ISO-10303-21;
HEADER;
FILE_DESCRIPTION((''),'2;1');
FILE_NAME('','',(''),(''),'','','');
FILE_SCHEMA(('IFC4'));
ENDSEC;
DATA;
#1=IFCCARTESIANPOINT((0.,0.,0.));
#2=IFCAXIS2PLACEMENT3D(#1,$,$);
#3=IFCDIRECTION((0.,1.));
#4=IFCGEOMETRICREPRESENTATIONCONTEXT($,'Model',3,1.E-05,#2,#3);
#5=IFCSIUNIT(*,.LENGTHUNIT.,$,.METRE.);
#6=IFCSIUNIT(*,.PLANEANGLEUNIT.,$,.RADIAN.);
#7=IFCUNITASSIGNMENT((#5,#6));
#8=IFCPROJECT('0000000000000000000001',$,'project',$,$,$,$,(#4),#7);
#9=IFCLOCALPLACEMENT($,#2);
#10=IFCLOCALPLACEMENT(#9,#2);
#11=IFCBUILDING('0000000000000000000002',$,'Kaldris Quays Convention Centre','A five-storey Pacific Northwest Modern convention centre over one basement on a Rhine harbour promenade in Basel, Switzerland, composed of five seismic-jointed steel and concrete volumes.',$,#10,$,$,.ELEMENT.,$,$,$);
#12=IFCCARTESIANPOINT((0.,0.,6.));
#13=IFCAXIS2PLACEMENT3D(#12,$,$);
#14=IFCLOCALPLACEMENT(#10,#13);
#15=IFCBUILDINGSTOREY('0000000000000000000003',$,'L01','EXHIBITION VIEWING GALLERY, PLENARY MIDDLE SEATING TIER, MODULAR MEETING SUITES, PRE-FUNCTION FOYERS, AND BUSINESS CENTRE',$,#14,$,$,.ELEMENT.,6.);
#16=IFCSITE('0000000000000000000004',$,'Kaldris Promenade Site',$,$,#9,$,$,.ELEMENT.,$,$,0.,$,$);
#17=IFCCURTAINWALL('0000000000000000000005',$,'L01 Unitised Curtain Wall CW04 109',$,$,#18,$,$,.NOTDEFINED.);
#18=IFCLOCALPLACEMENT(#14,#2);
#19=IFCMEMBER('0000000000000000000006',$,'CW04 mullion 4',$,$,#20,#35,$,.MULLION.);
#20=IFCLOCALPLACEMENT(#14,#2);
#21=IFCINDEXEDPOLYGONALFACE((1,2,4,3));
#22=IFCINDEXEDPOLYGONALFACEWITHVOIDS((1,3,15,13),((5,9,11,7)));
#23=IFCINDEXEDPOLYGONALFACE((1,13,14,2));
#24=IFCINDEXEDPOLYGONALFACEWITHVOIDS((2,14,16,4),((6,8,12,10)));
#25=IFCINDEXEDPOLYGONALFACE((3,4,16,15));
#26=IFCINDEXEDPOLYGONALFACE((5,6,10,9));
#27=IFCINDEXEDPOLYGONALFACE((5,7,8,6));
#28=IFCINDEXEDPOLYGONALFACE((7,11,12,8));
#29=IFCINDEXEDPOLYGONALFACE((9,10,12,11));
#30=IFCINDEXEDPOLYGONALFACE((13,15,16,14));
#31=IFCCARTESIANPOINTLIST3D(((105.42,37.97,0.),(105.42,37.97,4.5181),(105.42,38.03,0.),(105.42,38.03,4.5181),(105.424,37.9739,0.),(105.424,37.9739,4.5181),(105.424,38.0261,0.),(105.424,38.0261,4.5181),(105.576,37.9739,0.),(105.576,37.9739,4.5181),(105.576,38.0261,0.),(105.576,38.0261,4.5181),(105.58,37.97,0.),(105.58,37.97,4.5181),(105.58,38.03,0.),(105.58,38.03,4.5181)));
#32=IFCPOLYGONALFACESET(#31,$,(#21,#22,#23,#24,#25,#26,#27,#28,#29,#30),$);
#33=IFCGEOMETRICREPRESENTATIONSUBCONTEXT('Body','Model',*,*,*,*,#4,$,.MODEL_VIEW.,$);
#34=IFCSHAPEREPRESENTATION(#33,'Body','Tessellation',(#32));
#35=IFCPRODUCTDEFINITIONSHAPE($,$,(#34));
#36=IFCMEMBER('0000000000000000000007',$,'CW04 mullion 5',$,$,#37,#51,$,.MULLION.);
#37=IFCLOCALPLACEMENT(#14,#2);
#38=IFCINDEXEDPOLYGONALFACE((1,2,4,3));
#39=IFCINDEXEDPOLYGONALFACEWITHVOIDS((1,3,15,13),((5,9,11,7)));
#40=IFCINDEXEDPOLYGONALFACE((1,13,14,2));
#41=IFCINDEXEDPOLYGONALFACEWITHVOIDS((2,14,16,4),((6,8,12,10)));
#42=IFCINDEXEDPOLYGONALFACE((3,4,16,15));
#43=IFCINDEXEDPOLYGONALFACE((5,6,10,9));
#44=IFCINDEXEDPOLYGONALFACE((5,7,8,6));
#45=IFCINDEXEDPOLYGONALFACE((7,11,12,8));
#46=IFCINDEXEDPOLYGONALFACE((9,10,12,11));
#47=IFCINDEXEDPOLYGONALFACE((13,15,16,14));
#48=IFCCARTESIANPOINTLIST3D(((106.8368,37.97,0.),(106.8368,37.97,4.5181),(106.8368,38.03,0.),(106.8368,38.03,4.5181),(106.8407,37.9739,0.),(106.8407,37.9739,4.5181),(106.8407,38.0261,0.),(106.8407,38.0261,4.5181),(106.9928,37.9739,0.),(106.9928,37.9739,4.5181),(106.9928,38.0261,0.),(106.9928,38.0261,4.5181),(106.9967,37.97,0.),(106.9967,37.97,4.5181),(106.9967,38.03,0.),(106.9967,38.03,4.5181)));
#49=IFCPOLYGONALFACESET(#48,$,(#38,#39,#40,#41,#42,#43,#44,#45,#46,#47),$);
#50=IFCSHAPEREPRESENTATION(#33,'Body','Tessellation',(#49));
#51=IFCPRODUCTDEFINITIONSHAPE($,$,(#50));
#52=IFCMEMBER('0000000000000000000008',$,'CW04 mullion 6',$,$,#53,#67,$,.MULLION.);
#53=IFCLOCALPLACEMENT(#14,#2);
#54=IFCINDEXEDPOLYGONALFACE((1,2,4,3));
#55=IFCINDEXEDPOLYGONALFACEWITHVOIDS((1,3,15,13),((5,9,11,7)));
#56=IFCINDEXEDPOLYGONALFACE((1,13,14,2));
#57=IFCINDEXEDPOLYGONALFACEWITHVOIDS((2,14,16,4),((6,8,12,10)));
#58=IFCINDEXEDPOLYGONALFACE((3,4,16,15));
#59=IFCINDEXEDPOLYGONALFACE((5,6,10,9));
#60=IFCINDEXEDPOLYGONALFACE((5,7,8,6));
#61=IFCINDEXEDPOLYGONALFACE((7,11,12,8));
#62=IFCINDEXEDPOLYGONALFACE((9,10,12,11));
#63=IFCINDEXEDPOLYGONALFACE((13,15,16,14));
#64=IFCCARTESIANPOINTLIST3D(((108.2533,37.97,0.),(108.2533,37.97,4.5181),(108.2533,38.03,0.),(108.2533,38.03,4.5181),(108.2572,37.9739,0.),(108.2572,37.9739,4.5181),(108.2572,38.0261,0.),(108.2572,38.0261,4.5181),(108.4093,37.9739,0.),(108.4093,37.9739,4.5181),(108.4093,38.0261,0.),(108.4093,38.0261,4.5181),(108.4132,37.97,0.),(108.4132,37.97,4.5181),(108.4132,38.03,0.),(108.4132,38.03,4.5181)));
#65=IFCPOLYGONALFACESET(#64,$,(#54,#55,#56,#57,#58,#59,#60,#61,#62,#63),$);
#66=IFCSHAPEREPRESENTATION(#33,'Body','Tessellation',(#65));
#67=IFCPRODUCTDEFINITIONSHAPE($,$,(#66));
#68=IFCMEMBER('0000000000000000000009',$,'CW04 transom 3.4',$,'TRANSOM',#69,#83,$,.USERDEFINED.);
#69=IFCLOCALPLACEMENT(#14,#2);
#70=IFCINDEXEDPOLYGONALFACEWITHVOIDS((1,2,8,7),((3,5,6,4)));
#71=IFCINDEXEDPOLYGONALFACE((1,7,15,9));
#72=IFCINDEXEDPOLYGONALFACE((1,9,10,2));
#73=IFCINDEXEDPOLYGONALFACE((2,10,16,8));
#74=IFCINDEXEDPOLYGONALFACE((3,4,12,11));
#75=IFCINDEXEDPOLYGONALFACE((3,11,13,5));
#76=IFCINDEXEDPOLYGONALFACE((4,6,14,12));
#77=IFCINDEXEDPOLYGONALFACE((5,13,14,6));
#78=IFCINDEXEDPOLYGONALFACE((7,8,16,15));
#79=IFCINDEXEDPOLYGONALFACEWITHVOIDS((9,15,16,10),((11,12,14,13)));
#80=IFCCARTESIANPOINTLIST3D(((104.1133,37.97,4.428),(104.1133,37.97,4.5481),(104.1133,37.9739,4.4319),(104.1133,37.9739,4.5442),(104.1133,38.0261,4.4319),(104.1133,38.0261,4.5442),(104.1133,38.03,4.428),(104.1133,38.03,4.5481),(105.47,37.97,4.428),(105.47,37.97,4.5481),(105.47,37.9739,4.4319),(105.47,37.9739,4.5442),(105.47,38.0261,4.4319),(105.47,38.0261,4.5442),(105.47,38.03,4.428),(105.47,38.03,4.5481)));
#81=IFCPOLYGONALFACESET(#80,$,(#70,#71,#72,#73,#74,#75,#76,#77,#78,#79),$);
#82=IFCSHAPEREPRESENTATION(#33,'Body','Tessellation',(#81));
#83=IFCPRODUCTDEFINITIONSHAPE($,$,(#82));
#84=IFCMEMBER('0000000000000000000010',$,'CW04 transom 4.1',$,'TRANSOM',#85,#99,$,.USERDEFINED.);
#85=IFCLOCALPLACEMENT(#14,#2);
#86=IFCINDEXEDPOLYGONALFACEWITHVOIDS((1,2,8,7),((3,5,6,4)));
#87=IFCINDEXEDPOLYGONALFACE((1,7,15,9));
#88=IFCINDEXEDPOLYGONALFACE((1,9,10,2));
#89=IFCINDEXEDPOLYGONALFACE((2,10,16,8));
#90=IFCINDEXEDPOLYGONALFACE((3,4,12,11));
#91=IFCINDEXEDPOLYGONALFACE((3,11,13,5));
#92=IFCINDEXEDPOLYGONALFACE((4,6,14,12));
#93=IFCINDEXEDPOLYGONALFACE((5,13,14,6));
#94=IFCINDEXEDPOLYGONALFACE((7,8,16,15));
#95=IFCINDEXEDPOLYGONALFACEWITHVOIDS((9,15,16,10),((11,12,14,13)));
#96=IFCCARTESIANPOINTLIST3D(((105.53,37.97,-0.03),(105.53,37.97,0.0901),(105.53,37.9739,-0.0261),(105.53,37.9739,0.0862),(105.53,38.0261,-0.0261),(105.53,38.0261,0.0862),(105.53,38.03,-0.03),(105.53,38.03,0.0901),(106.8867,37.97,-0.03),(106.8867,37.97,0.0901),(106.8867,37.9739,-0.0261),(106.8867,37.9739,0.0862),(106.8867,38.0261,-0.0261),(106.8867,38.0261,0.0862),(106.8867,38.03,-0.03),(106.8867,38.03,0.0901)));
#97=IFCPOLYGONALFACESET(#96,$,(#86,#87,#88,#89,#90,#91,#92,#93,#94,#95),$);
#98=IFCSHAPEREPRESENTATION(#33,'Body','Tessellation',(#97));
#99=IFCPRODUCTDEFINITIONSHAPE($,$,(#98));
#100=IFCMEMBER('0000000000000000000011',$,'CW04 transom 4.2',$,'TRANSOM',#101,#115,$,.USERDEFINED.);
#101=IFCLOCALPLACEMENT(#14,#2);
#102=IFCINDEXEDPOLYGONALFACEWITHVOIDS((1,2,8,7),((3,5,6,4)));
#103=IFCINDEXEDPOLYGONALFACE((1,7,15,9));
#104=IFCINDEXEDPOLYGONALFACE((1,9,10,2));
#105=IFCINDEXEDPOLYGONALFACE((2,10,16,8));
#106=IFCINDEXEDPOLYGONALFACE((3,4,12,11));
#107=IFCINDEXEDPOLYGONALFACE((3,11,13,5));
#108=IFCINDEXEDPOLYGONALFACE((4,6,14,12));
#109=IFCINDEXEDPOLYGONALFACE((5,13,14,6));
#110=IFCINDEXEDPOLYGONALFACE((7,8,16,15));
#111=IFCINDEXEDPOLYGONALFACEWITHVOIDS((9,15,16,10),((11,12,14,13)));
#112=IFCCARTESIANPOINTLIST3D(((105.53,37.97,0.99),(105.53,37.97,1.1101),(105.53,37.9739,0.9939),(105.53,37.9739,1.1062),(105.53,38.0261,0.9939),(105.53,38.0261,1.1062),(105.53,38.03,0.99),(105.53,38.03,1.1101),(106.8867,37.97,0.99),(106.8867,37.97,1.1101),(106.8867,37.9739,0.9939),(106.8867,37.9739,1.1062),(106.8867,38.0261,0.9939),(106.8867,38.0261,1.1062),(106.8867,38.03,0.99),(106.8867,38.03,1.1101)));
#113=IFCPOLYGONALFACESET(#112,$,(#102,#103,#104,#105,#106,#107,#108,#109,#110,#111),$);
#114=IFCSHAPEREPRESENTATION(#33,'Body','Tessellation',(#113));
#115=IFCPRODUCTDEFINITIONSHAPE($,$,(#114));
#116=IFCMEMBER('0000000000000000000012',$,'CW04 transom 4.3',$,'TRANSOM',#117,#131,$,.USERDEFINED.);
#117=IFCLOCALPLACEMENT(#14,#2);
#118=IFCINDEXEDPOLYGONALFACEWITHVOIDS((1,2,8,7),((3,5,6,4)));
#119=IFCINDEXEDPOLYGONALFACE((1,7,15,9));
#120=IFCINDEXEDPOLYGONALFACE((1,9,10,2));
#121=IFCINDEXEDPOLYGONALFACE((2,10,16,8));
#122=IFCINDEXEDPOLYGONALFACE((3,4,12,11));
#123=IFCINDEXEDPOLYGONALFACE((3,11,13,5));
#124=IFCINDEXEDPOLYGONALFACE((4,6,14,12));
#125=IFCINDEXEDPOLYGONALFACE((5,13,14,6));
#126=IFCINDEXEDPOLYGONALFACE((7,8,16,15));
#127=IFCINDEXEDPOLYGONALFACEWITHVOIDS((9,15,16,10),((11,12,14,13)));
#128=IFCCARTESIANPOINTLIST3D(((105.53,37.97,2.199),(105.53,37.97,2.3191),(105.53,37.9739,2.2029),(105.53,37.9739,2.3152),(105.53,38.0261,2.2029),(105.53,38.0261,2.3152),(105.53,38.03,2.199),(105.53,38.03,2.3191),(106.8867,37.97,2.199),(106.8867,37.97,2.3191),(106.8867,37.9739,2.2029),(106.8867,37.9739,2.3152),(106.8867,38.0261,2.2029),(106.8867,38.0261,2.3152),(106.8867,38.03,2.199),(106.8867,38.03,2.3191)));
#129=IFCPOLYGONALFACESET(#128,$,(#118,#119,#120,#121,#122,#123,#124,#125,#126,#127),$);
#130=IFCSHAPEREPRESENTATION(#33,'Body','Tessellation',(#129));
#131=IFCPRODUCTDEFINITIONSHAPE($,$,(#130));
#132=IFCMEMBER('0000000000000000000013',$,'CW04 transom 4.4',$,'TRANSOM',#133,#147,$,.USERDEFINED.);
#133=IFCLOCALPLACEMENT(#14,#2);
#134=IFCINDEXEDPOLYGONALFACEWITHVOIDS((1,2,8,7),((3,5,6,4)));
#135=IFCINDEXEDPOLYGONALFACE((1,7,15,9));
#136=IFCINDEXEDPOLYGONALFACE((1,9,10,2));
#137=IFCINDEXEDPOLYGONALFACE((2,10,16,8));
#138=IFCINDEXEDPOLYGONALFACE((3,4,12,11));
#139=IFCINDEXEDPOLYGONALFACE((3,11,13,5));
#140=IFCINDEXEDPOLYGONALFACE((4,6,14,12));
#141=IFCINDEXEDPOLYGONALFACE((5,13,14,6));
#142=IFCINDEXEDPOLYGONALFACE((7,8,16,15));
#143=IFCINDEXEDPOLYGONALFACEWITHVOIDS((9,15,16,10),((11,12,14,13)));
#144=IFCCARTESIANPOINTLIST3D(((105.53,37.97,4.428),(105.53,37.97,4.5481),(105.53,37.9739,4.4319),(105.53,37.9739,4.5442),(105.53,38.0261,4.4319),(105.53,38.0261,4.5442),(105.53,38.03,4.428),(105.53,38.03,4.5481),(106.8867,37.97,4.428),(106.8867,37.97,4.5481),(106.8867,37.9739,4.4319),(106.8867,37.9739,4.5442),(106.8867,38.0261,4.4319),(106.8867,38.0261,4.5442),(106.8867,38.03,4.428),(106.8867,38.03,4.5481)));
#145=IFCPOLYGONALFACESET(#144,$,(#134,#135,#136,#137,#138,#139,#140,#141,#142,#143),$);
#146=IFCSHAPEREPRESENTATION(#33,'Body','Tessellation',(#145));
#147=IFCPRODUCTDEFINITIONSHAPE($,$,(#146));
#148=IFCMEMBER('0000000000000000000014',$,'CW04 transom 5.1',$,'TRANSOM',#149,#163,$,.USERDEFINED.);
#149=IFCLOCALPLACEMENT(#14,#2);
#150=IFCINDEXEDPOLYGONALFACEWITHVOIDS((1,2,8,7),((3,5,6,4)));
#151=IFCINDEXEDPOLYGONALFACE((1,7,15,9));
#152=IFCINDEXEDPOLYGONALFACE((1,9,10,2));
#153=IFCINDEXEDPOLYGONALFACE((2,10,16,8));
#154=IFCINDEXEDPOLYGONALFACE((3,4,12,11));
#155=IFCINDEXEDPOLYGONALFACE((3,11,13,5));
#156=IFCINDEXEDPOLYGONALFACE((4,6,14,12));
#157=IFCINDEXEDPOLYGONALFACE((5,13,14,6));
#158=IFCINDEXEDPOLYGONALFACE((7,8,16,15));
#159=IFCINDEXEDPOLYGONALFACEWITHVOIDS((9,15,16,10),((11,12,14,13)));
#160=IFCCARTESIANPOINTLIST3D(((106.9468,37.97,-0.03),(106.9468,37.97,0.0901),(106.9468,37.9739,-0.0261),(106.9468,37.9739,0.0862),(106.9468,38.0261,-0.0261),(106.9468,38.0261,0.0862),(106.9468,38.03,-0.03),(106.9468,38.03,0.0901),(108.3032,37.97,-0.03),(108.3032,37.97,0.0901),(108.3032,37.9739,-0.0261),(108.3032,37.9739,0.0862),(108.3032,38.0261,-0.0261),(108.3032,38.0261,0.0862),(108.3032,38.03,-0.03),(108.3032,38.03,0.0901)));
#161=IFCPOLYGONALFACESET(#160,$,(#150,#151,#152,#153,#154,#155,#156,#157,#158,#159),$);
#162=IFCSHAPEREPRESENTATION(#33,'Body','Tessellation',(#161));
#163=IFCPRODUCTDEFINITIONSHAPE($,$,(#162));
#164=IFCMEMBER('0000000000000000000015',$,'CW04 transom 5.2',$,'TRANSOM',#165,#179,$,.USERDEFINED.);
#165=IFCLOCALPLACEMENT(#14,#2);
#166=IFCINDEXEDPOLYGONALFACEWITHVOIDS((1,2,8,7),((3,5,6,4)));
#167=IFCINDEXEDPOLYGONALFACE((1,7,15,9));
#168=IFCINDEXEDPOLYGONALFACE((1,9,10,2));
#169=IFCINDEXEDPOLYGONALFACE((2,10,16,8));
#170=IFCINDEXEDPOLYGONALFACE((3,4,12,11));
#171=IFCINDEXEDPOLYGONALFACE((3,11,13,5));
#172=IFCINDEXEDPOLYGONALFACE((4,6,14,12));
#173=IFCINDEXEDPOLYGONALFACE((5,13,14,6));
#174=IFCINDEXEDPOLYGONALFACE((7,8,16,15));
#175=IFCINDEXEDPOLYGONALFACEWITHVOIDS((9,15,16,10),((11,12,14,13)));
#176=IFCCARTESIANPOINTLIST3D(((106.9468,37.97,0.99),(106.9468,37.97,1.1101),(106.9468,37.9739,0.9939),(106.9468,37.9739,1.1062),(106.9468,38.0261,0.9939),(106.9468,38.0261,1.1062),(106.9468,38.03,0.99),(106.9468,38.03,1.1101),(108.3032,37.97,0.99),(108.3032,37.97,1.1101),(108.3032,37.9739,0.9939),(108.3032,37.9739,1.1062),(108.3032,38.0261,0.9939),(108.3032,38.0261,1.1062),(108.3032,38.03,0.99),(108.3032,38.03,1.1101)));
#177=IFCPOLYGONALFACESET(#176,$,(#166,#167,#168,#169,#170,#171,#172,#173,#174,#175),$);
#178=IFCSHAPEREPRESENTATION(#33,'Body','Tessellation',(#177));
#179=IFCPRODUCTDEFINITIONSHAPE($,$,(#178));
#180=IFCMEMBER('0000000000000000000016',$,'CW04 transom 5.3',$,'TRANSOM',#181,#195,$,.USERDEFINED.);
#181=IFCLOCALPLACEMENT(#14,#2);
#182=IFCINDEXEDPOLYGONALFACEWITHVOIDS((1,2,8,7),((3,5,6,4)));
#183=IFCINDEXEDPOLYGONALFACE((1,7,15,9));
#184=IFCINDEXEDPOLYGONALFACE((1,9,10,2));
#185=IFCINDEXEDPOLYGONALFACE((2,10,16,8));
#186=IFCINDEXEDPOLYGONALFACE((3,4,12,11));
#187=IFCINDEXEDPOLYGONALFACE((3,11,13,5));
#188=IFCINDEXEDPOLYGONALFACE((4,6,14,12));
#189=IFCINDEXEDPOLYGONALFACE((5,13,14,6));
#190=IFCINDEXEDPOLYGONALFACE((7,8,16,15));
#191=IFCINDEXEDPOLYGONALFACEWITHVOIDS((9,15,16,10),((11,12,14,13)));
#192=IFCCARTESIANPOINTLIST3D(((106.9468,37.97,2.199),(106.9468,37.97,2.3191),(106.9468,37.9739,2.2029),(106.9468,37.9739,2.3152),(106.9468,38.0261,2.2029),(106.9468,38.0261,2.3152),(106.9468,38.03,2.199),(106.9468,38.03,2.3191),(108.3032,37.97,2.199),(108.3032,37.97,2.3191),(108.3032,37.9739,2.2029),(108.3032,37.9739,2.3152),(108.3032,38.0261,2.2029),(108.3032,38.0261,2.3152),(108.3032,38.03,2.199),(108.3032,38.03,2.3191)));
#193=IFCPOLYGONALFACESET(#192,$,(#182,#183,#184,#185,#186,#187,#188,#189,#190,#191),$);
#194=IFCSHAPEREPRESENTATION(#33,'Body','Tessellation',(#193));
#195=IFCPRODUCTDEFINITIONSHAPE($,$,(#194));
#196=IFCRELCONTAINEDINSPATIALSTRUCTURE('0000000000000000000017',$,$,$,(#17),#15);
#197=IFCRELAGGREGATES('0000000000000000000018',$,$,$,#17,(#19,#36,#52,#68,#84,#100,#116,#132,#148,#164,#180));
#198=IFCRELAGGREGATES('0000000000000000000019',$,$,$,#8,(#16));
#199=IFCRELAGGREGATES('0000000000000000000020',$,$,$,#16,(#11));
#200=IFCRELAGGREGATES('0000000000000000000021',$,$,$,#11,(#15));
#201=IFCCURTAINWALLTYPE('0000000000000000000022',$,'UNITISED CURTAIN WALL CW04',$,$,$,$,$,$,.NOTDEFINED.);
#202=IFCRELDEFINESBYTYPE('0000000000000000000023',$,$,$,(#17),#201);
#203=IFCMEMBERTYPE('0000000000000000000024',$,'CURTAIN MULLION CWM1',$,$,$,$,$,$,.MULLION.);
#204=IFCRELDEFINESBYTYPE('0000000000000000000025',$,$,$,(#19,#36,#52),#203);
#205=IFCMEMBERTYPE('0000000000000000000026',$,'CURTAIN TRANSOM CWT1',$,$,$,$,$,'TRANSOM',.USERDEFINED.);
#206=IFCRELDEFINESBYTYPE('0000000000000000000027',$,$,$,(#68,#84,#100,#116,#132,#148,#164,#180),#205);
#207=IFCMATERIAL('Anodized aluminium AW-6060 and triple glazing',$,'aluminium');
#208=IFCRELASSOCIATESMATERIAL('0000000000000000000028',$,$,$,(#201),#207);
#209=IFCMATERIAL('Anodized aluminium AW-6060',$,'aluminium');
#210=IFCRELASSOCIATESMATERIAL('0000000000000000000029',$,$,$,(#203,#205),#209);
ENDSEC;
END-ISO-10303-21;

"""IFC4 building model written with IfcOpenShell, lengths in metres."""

from ifc_helpers import new_model, si_unit, direction, frame, origin, origin_2d, place, context, subcontext, project, spatial, hollow_rectangle, extrude, material, material_profile, profile_set, type_object, element, aggregate, save


model = new_model("IFC4")

# Units and contexts
model_context = context("Model", 3, precision=1e-05, world=origin(), true_north=direction((0.0, 1.0)))
body_context = subcontext(model_context, "Body", "Model", "MODEL_VIEW")
ifc_project = project(units=[si_unit("LENGTHUNIT", "METRE"), si_unit("PLANEANGLEUNIT", "RADIAN")], contexts=[model_context])

# Site, building, storey
site_placement = place(None, origin())
site = spatial("IfcSite", under=ifc_project, at=site_placement, Name="Kaldris Promenade Site", CompositionType="ELEMENT", RefElevation=0.0)
building_placement = place(site_placement, origin())
building = spatial("IfcBuilding", under=site, at=building_placement, Name="Kaldris Quays Convention Centre", Description="A five-storey Pacific Northwest Modern convention centre over one basement on a Rhine harbour promenade in Basel, Switzerland, composed of five seismic-jointed steel and concrete volumes.", CompositionType="ELEMENT")
storey_placement = place(building_placement, frame((0.0, 0.0, 6.0)))
storey = spatial("IfcBuildingStorey", under=building, at=storey_placement, Name="L01", Description="EXHIBITION VIEWING GALLERY, PLENARY MIDDLE SEATING TIER, MODULAR MEETING SUITES, PRE-FUNCTION FOYERS, AND BUSINESS CENTRE", CompositionType="ELEMENT", Elevation=6.0)

# Curtain wall, members
ifc_material_1 = material(Name="Anodized aluminium AW-6060 and triple glazing", Category="aluminium")
curtain_wall_type = type_object("IfcCurtainWallType", Name="UNITISED CURTAIN WALL CW04", PredefinedType="NOTDEFINED", material=ifc_material_1)
curtain_wall_placement = place(storey_placement, origin())
curtain_wall = element("IfcCurtainWall", 1, at=curtain_wall_placement, inside=storey, type_object=curtain_wall_type, Name="L01 Unitised Curtain Wall CW04 109", PredefinedType="NOTDEFINED")
ifc_material_2 = material(Name="Anodized aluminium AW-6060", Category="aluminium")
ifc_material_profile_1 = material_profile(ifc_material_2, hollow_rectangle(XDim=0.0601, YDim=0.1599, WallThickness=0.0039, at=origin_2d()), Name="RHS 160x60x4")
ifc_profile_set_1 = profile_set([ifc_material_profile_1], Name="Anodized aluminium AW-6060")
member_type_1 = type_object("IfcMemberType", Name="CURTAIN MULLION CWM1", PredefinedType="MULLION", material=ifc_profile_set_1)
member_1_placement = place(storey_placement, frame((105.5, 38.0, 0.0), z_axis=(0.0, 0.0, 1.0), x_axis=(0.0, 1.0, 0.0)))
member_1 = element("IfcMember", 2, at=member_1_placement, type_object=member_type_1, Name="CW04 mullion 4", PredefinedType="MULLION", context=body_context, shape_type="SweptSolid", body=[
    extrude(hollow_rectangle(XDim=0.0601, YDim=0.1599, WallThickness=0.0039, at=origin_2d()), origin(), (0.0, 0.0, 1.0), 4.5181),
])
member_2_placement = place(storey_placement, frame((106.9167, 38.0, 0.0), z_axis=(0.0, 0.0, 1.0), x_axis=(0.0, 1.0, 0.0)))
member_2 = element("IfcMember", 3, at=member_2_placement, type_object=member_type_1, Name="CW04 mullion 5", PredefinedType="MULLION", context=body_context, shape_type="SweptSolid", body=[
    extrude(hollow_rectangle(XDim=0.0601, YDim=0.1599, WallThickness=0.0039, at=origin_2d()), origin(), (0.0, 0.0, 1.0), 4.5181),
])
member_3_placement = place(storey_placement, frame((108.3333, 38.0, 0.0), z_axis=(0.0, 0.0, 1.0), x_axis=(0.0, 1.0, 0.0)))
member_3 = element("IfcMember", 4, at=member_3_placement, type_object=member_type_1, Name="CW04 mullion 6", PredefinedType="MULLION", context=body_context, shape_type="SweptSolid", body=[
    extrude(hollow_rectangle(XDim=0.0601, YDim=0.1599, WallThickness=0.0039, at=origin_2d()), origin(), (0.0, 0.0, 1.0), 4.5181),
])
ifc_material_profile_2 = material_profile(ifc_material_2, hollow_rectangle(XDim=0.0601, YDim=0.1201, WallThickness=0.0039, at=origin_2d()), Name="RHS 120x60x4")
ifc_profile_set_2 = profile_set([ifc_material_profile_2], Name="Anodized aluminium AW-6060")
member_type_2 = type_object("IfcMemberType", Name="CURTAIN TRANSOM CWT1", ElementType="TRANSOM", PredefinedType="USERDEFINED", material=ifc_profile_set_2)
member_4_placement = place(storey_placement, frame((104.1133, 38.0, 4.488), z_axis=(1.0, 0.0, 0.0), x_axis=(0.0, 1.0, 0.0)))
member_4 = element("IfcMember", 5, at=member_4_placement, type_object=member_type_2, Name="CW04 transom 3.4", ObjectType="TRANSOM", PredefinedType="USERDEFINED", context=body_context, shape_type="SweptSolid", body=[
    extrude(hollow_rectangle(XDim=0.0601, YDim=0.1201, WallThickness=0.0039, at=origin_2d()), origin(), (0.0, 0.0, 1.0), 1.3567),
])
member_5_placement = place(storey_placement, frame((105.53, 38.0, 0.03), z_axis=(1.0, 0.0, 0.0), x_axis=(0.0, 1.0, 0.0)))
member_5 = element("IfcMember", 6, at=member_5_placement, type_object=member_type_2, Name="CW04 transom 4.1", ObjectType="TRANSOM", PredefinedType="USERDEFINED", context=body_context, shape_type="SweptSolid", body=[
    extrude(hollow_rectangle(XDim=0.0601, YDim=0.1201, WallThickness=0.0039, at=origin_2d()), origin(), (0.0, 0.0, 1.0), 1.3567),
])
member_6_placement = place(storey_placement, frame((105.53, 38.0, 1.05), z_axis=(1.0, 0.0, 0.0), x_axis=(0.0, 1.0, 0.0)))
member_6 = element("IfcMember", 7, at=member_6_placement, type_object=member_type_2, Name="CW04 transom 4.2", ObjectType="TRANSOM", PredefinedType="USERDEFINED", context=body_context, shape_type="SweptSolid", body=[
    extrude(hollow_rectangle(XDim=0.0601, YDim=0.1201, WallThickness=0.0039, at=origin_2d()), origin(), (0.0, 0.0, 1.0), 1.3567),
])
member_7_placement = place(storey_placement, frame((105.53, 38.0, 2.259), z_axis=(1.0, 0.0, 0.0), x_axis=(0.0, 1.0, 0.0)))
member_7 = element("IfcMember", 8, at=member_7_placement, type_object=member_type_2, Name="CW04 transom 4.3", ObjectType="TRANSOM", PredefinedType="USERDEFINED", context=body_context, shape_type="SweptSolid", body=[
    extrude(hollow_rectangle(XDim=0.0601, YDim=0.1201, WallThickness=0.0039, at=origin_2d()), origin(), (0.0, 0.0, 1.0), 1.3567),
])
member_8_placement = place(storey_placement, frame((105.53, 38.0, 4.488), z_axis=(1.0, 0.0, 0.0), x_axis=(0.0, 1.0, 0.0)))
member_8 = element("IfcMember", 9, at=member_8_placement, type_object=member_type_2, Name="CW04 transom 4.4", ObjectType="TRANSOM", PredefinedType="USERDEFINED", context=body_context, shape_type="SweptSolid", body=[
    extrude(hollow_rectangle(XDim=0.0601, YDim=0.1201, WallThickness=0.0039, at=origin_2d()), origin(), (0.0, 0.0, 1.0), 1.3567),
])
member_9_placement = place(storey_placement, frame((106.9468, 38.0, 0.03), z_axis=(1.0, 0.0, 0.0), x_axis=(0.0, 1.0, 0.0)))
member_9 = element("IfcMember", 10, at=member_9_placement, type_object=member_type_2, Name="CW04 transom 5.1", ObjectType="TRANSOM", PredefinedType="USERDEFINED", context=body_context, shape_type="SweptSolid", body=[
    extrude(hollow_rectangle(XDim=0.0601, YDim=0.1201, WallThickness=0.0039, at=origin_2d()), origin(), (0.0, 0.0, 1.0), 1.3564),
])
member_10_placement = place(storey_placement, frame((106.9468, 38.0, 1.05), z_axis=(1.0, 0.0, 0.0), x_axis=(0.0, 1.0, 0.0)))
member_10 = element("IfcMember", 11, at=member_10_placement, type_object=member_type_2, Name="CW04 transom 5.2", ObjectType="TRANSOM", PredefinedType="USERDEFINED", context=body_context, shape_type="SweptSolid", body=[
    extrude(hollow_rectangle(XDim=0.0601, YDim=0.1201, WallThickness=0.0039, at=origin_2d()), origin(), (0.0, 0.0, 1.0), 1.3564),
])
member_11_placement = place(storey_placement, frame((106.9468, 38.0, 2.259), z_axis=(1.0, 0.0, 0.0), x_axis=(0.0, 1.0, 0.0)))
member_11 = element("IfcMember", 12, at=member_11_placement, type_object=member_type_2, Name="CW04 transom 5.3", ObjectType="TRANSOM", PredefinedType="USERDEFINED", context=body_context, shape_type="SweptSolid", body=[
    extrude(hollow_rectangle(XDim=0.0601, YDim=0.1201, WallThickness=0.0039, at=origin_2d()), origin(), (0.0, 0.0, 1.0), 1.3564),
])
aggregate(curtain_wall, [member_1, member_2, member_3, member_4, member_5, member_6, member_7, member_8, member_9, member_10, member_11])

save(model, "model.ifc")
